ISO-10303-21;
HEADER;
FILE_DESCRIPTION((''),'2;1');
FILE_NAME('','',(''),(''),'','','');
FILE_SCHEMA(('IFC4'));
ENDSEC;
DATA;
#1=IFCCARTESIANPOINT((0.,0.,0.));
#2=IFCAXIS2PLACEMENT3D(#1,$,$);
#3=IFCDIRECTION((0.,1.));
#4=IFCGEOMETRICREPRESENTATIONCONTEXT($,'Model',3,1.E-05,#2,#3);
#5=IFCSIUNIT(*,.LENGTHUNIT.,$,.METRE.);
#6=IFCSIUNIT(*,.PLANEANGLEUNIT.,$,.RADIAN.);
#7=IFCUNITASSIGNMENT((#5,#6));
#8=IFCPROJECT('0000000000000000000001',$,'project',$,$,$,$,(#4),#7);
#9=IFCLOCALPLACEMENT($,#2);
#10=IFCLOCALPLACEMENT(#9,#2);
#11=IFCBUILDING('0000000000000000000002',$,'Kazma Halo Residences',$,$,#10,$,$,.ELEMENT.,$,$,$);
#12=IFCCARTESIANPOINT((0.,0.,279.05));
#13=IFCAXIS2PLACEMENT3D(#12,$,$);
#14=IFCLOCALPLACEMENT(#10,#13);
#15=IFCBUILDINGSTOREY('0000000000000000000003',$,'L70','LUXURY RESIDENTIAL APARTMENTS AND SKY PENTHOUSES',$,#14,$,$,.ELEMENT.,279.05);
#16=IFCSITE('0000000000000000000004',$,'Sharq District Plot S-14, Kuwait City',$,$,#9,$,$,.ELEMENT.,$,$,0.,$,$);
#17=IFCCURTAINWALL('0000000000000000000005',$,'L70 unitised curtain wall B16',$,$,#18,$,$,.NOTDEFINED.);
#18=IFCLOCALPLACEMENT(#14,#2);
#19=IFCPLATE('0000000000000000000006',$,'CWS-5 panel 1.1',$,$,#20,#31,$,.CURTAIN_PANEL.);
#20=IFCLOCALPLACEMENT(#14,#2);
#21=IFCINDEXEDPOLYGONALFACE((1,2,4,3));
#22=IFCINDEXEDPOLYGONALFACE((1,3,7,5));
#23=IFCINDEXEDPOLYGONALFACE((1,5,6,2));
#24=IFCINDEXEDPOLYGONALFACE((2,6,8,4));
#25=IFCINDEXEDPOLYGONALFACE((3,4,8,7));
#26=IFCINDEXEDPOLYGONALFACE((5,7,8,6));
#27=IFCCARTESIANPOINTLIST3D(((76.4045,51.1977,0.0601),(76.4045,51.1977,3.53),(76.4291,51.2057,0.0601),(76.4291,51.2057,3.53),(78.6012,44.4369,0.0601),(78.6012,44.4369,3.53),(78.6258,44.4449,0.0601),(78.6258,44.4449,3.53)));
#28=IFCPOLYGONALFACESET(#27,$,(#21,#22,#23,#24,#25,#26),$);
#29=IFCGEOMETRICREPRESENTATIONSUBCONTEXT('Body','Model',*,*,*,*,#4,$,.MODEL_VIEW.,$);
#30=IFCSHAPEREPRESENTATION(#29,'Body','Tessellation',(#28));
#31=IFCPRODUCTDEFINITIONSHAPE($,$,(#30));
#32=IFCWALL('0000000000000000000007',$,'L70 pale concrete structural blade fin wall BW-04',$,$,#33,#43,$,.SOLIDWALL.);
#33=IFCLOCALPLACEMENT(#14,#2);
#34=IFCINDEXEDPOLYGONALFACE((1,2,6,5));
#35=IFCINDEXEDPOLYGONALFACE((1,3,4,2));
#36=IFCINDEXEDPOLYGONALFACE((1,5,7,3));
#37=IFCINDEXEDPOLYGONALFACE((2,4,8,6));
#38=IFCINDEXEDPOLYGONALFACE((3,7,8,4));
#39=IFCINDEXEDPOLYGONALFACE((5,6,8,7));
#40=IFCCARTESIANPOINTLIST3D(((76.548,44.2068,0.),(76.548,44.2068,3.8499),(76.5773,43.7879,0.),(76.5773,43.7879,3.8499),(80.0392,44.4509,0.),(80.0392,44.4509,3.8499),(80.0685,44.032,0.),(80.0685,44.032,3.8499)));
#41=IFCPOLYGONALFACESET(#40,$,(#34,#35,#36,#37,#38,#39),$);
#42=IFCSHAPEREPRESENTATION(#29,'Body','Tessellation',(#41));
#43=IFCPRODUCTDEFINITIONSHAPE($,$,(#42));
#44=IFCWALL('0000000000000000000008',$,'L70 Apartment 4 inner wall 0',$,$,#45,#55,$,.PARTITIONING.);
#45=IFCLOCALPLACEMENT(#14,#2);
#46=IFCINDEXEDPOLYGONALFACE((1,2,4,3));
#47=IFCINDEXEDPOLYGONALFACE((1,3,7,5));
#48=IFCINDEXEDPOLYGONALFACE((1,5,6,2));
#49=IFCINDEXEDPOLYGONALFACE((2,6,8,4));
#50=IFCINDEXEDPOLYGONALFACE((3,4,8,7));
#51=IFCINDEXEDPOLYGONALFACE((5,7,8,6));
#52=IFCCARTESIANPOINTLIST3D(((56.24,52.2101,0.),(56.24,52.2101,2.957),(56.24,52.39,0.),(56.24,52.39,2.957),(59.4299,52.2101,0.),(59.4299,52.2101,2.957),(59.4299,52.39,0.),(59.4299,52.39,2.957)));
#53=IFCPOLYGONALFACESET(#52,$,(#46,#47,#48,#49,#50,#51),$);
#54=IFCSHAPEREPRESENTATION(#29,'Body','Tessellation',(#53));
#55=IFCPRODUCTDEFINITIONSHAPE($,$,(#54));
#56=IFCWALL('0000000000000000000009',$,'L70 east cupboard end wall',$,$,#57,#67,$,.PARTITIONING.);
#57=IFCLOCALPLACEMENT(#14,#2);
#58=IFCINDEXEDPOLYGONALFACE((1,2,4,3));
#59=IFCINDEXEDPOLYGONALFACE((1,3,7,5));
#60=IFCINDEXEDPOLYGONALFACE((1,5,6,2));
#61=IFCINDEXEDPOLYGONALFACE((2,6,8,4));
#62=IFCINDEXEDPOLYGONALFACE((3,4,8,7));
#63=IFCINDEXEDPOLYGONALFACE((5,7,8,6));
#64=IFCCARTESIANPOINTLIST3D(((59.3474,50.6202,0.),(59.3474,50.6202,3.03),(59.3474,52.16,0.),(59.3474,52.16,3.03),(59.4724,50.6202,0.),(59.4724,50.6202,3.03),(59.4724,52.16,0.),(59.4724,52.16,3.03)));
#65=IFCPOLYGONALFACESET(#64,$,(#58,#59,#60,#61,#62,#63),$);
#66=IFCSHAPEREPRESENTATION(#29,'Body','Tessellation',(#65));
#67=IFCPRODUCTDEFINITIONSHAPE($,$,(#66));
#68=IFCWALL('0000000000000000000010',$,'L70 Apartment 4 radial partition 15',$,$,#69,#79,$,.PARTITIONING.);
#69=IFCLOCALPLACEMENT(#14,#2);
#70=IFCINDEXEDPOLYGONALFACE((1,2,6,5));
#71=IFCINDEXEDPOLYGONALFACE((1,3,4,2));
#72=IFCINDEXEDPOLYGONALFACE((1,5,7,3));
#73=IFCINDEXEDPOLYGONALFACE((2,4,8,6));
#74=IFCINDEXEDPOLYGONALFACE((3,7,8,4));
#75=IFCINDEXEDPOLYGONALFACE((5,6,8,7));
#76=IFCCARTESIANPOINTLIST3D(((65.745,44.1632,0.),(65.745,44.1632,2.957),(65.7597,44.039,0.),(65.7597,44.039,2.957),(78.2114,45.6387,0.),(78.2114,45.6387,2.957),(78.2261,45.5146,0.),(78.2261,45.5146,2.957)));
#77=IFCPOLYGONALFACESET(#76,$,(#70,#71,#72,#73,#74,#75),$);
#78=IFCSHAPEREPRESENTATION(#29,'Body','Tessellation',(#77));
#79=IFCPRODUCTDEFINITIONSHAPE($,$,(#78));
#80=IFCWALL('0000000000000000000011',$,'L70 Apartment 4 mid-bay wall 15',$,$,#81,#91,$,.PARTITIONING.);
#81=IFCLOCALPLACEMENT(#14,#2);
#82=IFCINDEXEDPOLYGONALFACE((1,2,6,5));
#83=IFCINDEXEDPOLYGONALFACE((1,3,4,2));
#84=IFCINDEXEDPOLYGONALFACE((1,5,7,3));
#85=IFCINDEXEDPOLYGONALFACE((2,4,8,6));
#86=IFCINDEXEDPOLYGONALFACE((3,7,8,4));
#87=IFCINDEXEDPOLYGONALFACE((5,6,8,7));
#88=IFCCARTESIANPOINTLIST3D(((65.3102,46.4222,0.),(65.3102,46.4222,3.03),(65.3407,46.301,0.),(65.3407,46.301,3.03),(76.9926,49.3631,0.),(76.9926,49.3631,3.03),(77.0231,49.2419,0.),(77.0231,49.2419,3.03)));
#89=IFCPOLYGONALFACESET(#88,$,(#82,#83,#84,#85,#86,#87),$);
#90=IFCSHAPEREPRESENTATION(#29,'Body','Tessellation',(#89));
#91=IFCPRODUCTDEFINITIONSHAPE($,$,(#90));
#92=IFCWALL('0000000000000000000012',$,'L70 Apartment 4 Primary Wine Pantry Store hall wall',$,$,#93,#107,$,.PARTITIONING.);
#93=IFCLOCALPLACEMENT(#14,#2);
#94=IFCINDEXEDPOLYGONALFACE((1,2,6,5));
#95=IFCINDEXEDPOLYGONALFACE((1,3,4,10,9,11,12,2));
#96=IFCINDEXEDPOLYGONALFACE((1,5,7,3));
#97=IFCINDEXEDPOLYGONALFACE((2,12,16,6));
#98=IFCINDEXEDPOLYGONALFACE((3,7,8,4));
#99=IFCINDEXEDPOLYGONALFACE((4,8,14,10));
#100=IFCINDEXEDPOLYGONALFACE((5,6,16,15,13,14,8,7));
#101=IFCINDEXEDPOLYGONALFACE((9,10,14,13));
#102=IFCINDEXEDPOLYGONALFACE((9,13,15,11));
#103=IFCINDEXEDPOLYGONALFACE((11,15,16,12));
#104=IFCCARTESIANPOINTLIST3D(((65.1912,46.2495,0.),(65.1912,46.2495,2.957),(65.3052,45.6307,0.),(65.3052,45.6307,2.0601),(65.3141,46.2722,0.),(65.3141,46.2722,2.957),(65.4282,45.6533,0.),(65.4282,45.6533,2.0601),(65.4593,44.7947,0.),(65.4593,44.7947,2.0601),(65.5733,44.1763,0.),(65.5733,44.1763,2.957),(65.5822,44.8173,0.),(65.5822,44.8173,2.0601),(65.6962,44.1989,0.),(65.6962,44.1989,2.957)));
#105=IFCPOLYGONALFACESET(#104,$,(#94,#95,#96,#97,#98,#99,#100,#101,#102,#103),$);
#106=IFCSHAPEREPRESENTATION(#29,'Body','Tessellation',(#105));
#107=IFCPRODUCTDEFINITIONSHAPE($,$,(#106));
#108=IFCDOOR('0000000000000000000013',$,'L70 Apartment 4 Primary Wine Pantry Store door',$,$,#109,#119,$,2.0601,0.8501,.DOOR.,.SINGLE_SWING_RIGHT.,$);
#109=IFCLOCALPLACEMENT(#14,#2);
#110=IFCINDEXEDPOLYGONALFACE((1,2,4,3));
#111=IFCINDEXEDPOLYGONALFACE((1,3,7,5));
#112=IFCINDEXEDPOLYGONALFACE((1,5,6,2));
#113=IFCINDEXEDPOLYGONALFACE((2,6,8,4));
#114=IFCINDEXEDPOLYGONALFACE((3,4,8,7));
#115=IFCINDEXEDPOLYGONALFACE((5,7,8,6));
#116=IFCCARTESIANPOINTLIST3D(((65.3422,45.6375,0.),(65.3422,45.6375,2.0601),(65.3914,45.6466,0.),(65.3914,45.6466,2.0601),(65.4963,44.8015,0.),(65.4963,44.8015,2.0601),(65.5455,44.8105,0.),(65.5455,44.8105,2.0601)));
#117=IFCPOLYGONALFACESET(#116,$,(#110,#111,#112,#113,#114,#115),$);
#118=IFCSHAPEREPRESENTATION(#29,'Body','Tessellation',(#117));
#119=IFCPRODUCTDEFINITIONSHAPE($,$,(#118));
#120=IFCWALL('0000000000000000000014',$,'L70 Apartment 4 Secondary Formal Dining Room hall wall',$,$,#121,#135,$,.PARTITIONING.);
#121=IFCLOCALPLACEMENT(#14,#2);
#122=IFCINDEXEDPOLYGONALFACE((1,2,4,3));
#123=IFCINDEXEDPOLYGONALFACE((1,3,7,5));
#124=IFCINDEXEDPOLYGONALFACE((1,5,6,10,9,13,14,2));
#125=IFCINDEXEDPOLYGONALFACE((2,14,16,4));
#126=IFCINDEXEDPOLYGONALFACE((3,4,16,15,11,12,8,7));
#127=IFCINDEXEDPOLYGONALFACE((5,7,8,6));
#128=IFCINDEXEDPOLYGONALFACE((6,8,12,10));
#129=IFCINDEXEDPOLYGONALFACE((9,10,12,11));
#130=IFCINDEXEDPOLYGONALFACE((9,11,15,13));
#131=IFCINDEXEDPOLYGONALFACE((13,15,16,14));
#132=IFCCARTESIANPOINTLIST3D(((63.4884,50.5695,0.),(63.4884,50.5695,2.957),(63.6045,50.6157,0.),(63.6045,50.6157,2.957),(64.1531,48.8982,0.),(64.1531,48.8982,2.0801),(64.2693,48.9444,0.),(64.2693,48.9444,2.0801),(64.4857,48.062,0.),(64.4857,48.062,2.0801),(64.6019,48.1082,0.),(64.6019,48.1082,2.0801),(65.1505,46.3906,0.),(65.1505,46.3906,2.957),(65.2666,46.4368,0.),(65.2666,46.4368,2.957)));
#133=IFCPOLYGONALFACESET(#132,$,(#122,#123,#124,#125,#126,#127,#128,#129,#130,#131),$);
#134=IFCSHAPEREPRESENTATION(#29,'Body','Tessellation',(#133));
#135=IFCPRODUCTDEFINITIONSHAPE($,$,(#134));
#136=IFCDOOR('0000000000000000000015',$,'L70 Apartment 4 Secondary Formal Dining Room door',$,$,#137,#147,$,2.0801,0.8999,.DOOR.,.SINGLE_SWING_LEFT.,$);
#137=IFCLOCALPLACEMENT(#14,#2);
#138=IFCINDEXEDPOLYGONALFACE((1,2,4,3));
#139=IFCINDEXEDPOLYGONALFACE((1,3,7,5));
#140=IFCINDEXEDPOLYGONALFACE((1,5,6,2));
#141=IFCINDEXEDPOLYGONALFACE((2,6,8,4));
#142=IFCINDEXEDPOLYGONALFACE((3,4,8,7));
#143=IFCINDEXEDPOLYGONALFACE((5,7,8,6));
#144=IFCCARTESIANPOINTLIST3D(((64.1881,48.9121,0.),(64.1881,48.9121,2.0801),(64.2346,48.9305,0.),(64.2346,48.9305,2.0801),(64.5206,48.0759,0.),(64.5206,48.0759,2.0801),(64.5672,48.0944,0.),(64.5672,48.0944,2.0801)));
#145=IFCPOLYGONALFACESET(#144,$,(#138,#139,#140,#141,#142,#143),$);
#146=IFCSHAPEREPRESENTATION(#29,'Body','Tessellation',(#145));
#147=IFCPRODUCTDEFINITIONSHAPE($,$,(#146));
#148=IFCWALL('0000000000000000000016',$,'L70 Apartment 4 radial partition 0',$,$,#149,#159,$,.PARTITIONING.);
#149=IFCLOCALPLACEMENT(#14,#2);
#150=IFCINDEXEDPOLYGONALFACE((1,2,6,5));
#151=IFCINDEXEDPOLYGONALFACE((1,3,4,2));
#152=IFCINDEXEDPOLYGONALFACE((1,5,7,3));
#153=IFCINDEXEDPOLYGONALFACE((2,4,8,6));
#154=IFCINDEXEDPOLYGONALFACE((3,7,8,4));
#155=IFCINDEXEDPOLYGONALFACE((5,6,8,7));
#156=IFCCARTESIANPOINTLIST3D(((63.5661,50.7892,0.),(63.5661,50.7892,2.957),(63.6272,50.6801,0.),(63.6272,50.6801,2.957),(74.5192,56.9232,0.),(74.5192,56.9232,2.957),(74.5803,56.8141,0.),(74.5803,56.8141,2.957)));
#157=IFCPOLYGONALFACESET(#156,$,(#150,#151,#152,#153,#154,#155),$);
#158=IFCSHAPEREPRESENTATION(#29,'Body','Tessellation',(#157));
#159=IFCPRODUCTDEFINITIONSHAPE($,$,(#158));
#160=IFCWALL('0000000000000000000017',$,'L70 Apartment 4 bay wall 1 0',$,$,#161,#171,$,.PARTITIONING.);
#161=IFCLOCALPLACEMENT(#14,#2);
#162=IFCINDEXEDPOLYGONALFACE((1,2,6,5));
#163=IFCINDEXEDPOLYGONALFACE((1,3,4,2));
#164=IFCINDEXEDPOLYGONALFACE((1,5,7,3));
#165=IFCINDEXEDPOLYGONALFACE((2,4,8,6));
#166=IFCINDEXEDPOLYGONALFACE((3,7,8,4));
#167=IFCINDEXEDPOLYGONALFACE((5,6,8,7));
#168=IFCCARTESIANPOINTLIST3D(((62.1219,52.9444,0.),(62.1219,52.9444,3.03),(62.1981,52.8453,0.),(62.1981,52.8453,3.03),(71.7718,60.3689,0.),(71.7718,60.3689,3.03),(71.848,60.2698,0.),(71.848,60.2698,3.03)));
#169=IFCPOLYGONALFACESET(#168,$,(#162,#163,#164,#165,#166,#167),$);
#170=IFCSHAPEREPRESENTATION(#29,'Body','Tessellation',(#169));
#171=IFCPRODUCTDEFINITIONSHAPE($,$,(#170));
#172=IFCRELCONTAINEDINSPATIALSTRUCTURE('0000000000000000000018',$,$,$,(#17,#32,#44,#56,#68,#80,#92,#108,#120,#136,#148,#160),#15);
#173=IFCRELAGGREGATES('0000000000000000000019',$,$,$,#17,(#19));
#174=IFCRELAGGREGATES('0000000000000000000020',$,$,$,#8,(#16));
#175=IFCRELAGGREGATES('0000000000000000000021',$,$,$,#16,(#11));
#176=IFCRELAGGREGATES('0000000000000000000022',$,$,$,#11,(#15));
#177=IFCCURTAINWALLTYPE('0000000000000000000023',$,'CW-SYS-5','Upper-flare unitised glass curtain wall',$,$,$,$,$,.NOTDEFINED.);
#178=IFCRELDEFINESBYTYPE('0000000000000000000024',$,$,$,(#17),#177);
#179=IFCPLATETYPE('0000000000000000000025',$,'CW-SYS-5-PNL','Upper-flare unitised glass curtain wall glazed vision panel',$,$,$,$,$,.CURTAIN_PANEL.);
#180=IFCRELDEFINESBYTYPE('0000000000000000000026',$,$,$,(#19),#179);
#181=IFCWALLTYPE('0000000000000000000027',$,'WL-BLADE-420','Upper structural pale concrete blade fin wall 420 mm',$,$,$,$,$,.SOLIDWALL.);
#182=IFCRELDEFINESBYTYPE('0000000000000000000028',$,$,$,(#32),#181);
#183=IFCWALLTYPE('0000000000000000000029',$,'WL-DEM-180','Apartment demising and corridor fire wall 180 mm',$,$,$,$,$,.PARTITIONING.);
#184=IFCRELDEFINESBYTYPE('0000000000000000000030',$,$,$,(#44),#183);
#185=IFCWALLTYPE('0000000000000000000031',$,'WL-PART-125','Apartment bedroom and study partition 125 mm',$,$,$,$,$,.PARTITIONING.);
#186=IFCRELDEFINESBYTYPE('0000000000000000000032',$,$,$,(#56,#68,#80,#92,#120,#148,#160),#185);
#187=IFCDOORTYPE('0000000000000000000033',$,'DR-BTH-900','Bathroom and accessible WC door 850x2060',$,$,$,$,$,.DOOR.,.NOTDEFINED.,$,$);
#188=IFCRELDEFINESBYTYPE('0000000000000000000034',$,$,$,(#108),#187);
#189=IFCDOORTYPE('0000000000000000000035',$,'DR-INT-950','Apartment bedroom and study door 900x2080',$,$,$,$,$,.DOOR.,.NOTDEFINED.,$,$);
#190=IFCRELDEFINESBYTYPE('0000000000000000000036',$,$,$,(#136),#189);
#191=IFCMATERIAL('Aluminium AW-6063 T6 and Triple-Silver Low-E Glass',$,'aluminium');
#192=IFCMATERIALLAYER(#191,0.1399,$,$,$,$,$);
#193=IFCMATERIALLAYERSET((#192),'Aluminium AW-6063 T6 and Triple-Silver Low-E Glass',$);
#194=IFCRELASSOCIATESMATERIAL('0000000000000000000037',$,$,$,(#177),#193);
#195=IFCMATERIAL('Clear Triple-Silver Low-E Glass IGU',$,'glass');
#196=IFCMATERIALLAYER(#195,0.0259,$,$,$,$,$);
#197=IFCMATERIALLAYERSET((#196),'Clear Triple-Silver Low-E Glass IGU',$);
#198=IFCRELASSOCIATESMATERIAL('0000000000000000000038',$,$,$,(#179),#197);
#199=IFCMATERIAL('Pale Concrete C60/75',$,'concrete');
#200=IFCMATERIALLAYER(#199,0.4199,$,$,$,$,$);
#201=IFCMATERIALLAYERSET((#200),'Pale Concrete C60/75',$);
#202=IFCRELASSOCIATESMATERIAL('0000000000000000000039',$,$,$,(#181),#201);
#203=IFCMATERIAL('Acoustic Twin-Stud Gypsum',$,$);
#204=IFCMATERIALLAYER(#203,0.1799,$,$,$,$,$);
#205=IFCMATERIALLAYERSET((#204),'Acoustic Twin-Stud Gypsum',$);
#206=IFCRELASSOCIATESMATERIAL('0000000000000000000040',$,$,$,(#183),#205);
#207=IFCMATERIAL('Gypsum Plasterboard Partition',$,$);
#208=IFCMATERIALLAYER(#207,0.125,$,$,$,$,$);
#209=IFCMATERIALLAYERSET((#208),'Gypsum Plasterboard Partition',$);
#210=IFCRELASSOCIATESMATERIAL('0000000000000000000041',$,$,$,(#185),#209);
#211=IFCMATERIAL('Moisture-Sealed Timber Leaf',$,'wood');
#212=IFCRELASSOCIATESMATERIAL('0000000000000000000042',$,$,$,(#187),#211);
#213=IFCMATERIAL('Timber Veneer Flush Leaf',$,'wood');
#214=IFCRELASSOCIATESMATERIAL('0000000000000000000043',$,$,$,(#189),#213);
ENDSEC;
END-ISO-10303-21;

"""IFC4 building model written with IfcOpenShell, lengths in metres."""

from ifc_helpers import new_model, si_unit, direction, frame, frame_2d, origin, origin_2d, place, context, subcontext, project, spatial, rectangle, extrude, material, layer, layer_set, type_object, element, fill, aggregate, save


model = new_model("IFC4")

# Units and contexts
model_context = context("Model", 3, precision=1e-05, world=origin(), true_north=direction((0.0, 1.0)))
body_context = subcontext(model_context, "Body", "Model", "MODEL_VIEW")
ifc_project = project(units=[si_unit("LENGTHUNIT", "METRE"), si_unit("PLANEANGLEUNIT", "RADIAN")], contexts=[model_context])

# Site, building, storey
site_placement = place(None, origin())
site = spatial("IfcSite", under=ifc_project, at=site_placement, Name="Sharq District Plot S-14, Kuwait City", CompositionType="ELEMENT", RefElevation=0.0)
building_placement = place(site_placement, origin())
building = spatial("IfcBuilding", under=site, at=building_placement, Name="Kazma Halo Residences", CompositionType="ELEMENT")
storey_placement = place(building_placement, frame((0.0, 0.0, 279.05)))
storey = spatial("IfcBuildingStorey", under=building, at=storey_placement, Name="L70", Description="LUXURY RESIDENTIAL APARTMENTS AND SKY PENTHOUSES", CompositionType="ELEMENT", Elevation=279.05)

# Shared definitions
ifc_material_1 = material(Name="Aluminium AW-6063 T6 and Triple-Silver Low-E Glass", Category="aluminium")
ifc_layer_1 = layer(ifc_material_1, 0.1399)
ifc_layer_set_1 = layer_set([ifc_layer_1], Name="Aluminium AW-6063 T6 and Triple-Silver Low-E Glass")
curtain_wall_type = type_object("IfcCurtainWallType", Name="CW-SYS-5", Description="Upper-flare unitised glass curtain wall", PredefinedType="NOTDEFINED", material=ifc_layer_set_1)

# Curtain wall, plate
curtain_wall_1_placement = place(storey_placement, origin())
curtain_wall_1 = element("IfcCurtainWall", 1, at=curtain_wall_1_placement, inside=storey, type_object=curtain_wall_type, Name="L70 unitised curtain wall B16", PredefinedType="NOTDEFINED")
ifc_material_2 = material(Name="Clear Triple-Silver Low-E Glass IGU", Category="glass")
ifc_layer_2 = layer(ifc_material_2, 0.0259)
ifc_layer_set_2 = layer_set([ifc_layer_2], Name="Clear Triple-Silver Low-E Glass IGU")
plate_type = type_object("IfcPlateType", Name="CW-SYS-5-PNL", Description="Upper-flare unitised glass curtain wall glazed vision panel", PredefinedType="CURTAIN_PANEL", material=ifc_layer_set_2)
plate_placement = place(storey_placement, frame((77.5151, 47.8213, 0.0601), z_axis=(0.0, 0.0, 1.0), x_axis=(-0.309011, 0.951058, 0.0)))
plate = element("IfcPlate", 2, at=plate_placement, type_object=plate_type, Name="CWS-5 panel 1.1", PredefinedType="CURTAIN_PANEL", context=body_context, shape_type="SweptSolid", body=[
    extrude(rectangle(XDim=7.1086, YDim=0.0259, at=origin_2d()), origin(), (0.0, 0.0, 1.0), 3.47),
])
aggregate(curtain_wall_1, [plate])

# Walls
ifc_material_3 = material(Name="Pale Concrete C60/75", Category="concrete")
ifc_layer_3 = layer(ifc_material_3, 0.4199)
ifc_layer_set_3 = layer_set([ifc_layer_3], Name="Pale Concrete C60/75")
wall_type_1 = type_object("IfcWallType", Name="WL-BLADE-420", Description="Upper structural pale concrete blade fin wall 420 mm", PredefinedType="SOLIDWALL", material=ifc_layer_set_3)
wall_1_placement = place(storey_placement, frame((76.5625, 43.9973, 0.0), z_axis=(0.0, 0.0, 1.0), x_axis=(0.997564, 0.06976, 0.0)))
element("IfcWall", 3, at=wall_1_placement, inside=storey, type_object=wall_type_1, Name="L70 pale concrete structural blade fin wall BW-04", PredefinedType="SOLIDWALL", context=body_context, shape_type="SweptSolid", body=[
    extrude(rectangle(XDim=3.4998, YDim=0.4199, at=frame_2d((1.75, 0.0))), origin(), (0.0, 0.0, 1.0), 3.8499),
])
ifc_material_4 = material(Name="Acoustic Twin-Stud Gypsum")
ifc_layer_4 = layer(ifc_material_4, 0.1799)
ifc_layer_set_4 = layer_set([ifc_layer_4], Name="Acoustic Twin-Stud Gypsum")
wall_type_2 = type_object("IfcWallType", Name="WL-DEM-180", Description="Apartment demising and corridor fire wall 180 mm", PredefinedType="PARTITIONING", material=ifc_layer_set_4)
wall_2_placement = place(storey_placement, frame((59.4299, 52.3, 0.0), z_axis=(0.0, 0.0, 1.0), x_axis=(-1.0, 0.0, 0.0)))
element("IfcWall", 4, at=wall_2_placement, inside=storey, type_object=wall_type_2, Name="L70 Apartment 4 inner wall 0", PredefinedType="PARTITIONING", context=body_context, shape_type="SweptSolid", body=[
    extrude(rectangle(XDim=3.1899, YDim=0.1799, at=frame_2d((1.595, 0.0))), origin(), (0.0, 0.0, 1.0), 2.957),
])
ifc_material_5 = material(Name="Gypsum Plasterboard Partition")
ifc_layer_5 = layer(ifc_material_5, 0.125)
ifc_layer_set_5 = layer_set([ifc_layer_5], Name="Gypsum Plasterboard Partition")
wall_type_3 = type_object("IfcWallType", Name="WL-PART-125", Description="Apartment bedroom and study partition 125 mm", PredefinedType="PARTITIONING", material=ifc_layer_set_5)
wall_3_placement = place(storey_placement, frame((59.4099, 50.6201, 0.0), z_axis=(0.0, 0.0, 1.0), x_axis=(0.0, 1.0, 0.0)))
element("IfcWall", 5, at=wall_3_placement, inside=storey, type_object=wall_type_3, Name="L70 east cupboard end wall", PredefinedType="PARTITIONING", context=body_context, shape_type="SweptSolid", body=[
    extrude(rectangle(XDim=1.5398, YDim=0.125, at=frame_2d((0.77, 0.0))), origin(), (0.0, 0.0, 1.0), 3.03),
])
wall_4_placement = place(storey_placement, frame((65.7522, 44.1011, 0.0), z_axis=(0.0, 0.0, 1.0), x_axis=(0.993068, 0.117543, 0.0)))
element("IfcWall", 6, at=wall_4_placement, inside=storey, type_object=wall_type_3, Name="L70 Apartment 4 radial partition 15", PredefinedType="PARTITIONING", context=body_context, shape_type="SweptSolid", body=[
    extrude(rectangle(XDim=12.5535, YDim=0.125, at=frame_2d((6.2769, 0.0))), origin(), (0.0, 0.0, 1.0), 2.957),
])
wall_5_placement = place(storey_placement, frame((65.3254, 46.3616, 0.0), z_axis=(0.0, 0.0, 1.0), x_axis=(0.969744, 0.244123, 0.0)))
element("IfcWall", 7, at=wall_5_placement, inside=storey, type_object=wall_type_3, Name="L70 Apartment 4 mid-bay wall 15", PredefinedType="PARTITIONING", context=body_context, shape_type="SweptSolid", body=[
    extrude(rectangle(XDim=12.0469, YDim=0.125, at=frame_2d((6.0234, 0.0))), origin(), (0.0, 0.0, 1.0), 3.03),
])

# Walls, openings, doors
wall_6_placement = place(storey_placement, frame((65.6348, 44.1875, 0.0), z_axis=(0.0, 0.0, 1.0), x_axis=(-0.181239, 0.983439, 0.0)))
wall_6 = element("IfcWall", 8, at=wall_6_placement, inside=storey, type_object=wall_type_3, Name="L70 Apartment 4 Primary Wine Pantry Store hall wall", PredefinedType="PARTITIONING", context=body_context, shape_type="SweptSolid", body=[
    extrude(rectangle(XDim=2.1082, YDim=0.125, at=frame_2d((1.0542, 0.0))), origin(), (0.0, 0.0, 1.0), 2.957),
])
opening_1_placement = place(wall_6_placement, frame((0.6289, 0.0, 0.0)))
opening_1 = element("IfcOpeningElement", 9, at=opening_1_placement, cuts=wall_6, PredefinedType="OPENING", context=body_context, shape_type="SweptSolid", body=[
    extrude(rectangle(XDim=0.8501, YDim=2.0601, at=frame_2d((0.425, 1.03))), frame((0.0, 0.0725, 0.0), z_axis=(0.0, -1.0, 0.0), x_axis=(1.0, 0.0, 0.0)), (0.0, 0.0, 1.0), 0.145),
])
ifc_material_6 = material(Name="Moisture-Sealed Timber Leaf", Category="wood")
door_type_1 = type_object("IfcDoorType", Name="DR-BTH-900", Description="Bathroom and accessible WC door 850x2060", OperationType="NOTDEFINED", PredefinedType="DOOR", material=ifc_material_6)
door_1_placement = place(opening_1_placement, origin())
door_1 = element("IfcDoor", 10, at=door_1_placement, inside=storey, type_object=door_type_1, Name="L70 Apartment 4 Primary Wine Pantry Store door", OperationType="SINGLE_SWING_RIGHT", OverallHeight=2.0601, OverallWidth=0.8501, PredefinedType="DOOR", context=body_context, shape_type="SweptSolid", body=[
    extrude(rectangle(XDim=0.8501, YDim=2.0601, at=frame_2d((0.425, 1.03))), frame((0.0, 0.0249, 0.0), z_axis=(0.0, -1.0, 0.0), x_axis=(1.0, 0.0, 0.0)), (0.0, 0.0, 1.0), 0.05),
])
fill(opening_1, door_1)
wall_7_placement = place(storey_placement, frame((65.2085, 46.4138, 0.0), z_axis=(0.0, 0.0, 1.0), x_axis=(-0.369574, 0.929201, 0.0)))
wall_7 = element("IfcWall", 11, at=wall_7_placement, inside=storey, type_object=wall_type_3, Name="L70 Apartment 4 Secondary Formal Dining Room hall wall", PredefinedType="PARTITIONING", context=body_context, shape_type="SweptSolid", body=[
    extrude(rectangle(XDim=4.4973, YDim=0.125, at=frame_2d((2.2485, 0.0))), origin(), (0.0, 0.0, 1.0), 2.957),
])
opening_2_placement = place(wall_7_placement, frame((1.7986, 0.0, 0.0)))
opening_2 = element("IfcOpeningElement", 12, at=opening_2_placement, cuts=wall_7, PredefinedType="OPENING", context=body_context, shape_type="SweptSolid", body=[
    extrude(rectangle(XDim=0.8999, YDim=2.0801, at=frame_2d((0.45, 1.04))), frame((0.0, 0.0725, 0.0), z_axis=(0.0, -1.0, 0.0), x_axis=(1.0, 0.0, 0.0)), (0.0, 0.0, 1.0), 0.145),
])
ifc_material_7 = material(Name="Timber Veneer Flush Leaf", Category="wood")
door_type_2 = type_object("IfcDoorType", Name="DR-INT-950", Description="Apartment bedroom and study door 900x2080", OperationType="NOTDEFINED", PredefinedType="DOOR", material=ifc_material_7)
door_2_placement = place(opening_2_placement, origin())
door_2 = element("IfcDoor", 13, at=door_2_placement, inside=storey, type_object=door_type_2, Name="L70 Apartment 4 Secondary Formal Dining Room door", OperationType="SINGLE_SWING_LEFT", OverallHeight=2.0801, OverallWidth=0.8999, PredefinedType="DOOR", context=body_context, shape_type="SweptSolid", body=[
    extrude(rectangle(XDim=0.8999, YDim=2.0801, at=frame_2d((0.45, 1.04))), frame((0.0, 0.0249, 0.0), z_axis=(0.0, -1.0, 0.0), x_axis=(1.0, 0.0, 0.0)), (0.0, 0.0, 1.0), 0.05),
])
fill(opening_2, door_2)

# Walls
wall_8_placement = place(storey_placement, frame((63.5967, 50.7346, 0.0), z_axis=(0.0, 0.0, 1.0), x_axis=(0.872496, 0.488621, 0.0)))
element("IfcWall", 14, at=wall_8_placement, inside=storey, type_object=wall_type_3, Name="L70 Apartment 4 radial partition 0", PredefinedType="PARTITIONING", context=body_context, shape_type="SweptSolid", body=[
    extrude(rectangle(XDim=12.5537, YDim=0.125, at=frame_2d((6.2769, 0.0))), origin(), (0.0, 0.0, 1.0), 2.957),
])
wall_9_placement = place(storey_placement, frame((62.1599, 52.8948, 0.0), z_axis=(0.0, 0.0, 1.0), x_axis=(0.792562, 0.609791, 0.0)))
element("IfcWall", 15, at=wall_9_placement, inside=storey, type_object=wall_type_3, Name="L70 Apartment 4 bay wall 1 0", PredefinedType="PARTITIONING", context=body_context, shape_type="SweptSolid", body=[
    extrude(rectangle(XDim=12.1755, YDim=0.125, at=frame_2d((6.0879, 0.0))), origin(), (0.0, 0.0, 1.0), 3.03),
])

save(model, "model.ifc")
